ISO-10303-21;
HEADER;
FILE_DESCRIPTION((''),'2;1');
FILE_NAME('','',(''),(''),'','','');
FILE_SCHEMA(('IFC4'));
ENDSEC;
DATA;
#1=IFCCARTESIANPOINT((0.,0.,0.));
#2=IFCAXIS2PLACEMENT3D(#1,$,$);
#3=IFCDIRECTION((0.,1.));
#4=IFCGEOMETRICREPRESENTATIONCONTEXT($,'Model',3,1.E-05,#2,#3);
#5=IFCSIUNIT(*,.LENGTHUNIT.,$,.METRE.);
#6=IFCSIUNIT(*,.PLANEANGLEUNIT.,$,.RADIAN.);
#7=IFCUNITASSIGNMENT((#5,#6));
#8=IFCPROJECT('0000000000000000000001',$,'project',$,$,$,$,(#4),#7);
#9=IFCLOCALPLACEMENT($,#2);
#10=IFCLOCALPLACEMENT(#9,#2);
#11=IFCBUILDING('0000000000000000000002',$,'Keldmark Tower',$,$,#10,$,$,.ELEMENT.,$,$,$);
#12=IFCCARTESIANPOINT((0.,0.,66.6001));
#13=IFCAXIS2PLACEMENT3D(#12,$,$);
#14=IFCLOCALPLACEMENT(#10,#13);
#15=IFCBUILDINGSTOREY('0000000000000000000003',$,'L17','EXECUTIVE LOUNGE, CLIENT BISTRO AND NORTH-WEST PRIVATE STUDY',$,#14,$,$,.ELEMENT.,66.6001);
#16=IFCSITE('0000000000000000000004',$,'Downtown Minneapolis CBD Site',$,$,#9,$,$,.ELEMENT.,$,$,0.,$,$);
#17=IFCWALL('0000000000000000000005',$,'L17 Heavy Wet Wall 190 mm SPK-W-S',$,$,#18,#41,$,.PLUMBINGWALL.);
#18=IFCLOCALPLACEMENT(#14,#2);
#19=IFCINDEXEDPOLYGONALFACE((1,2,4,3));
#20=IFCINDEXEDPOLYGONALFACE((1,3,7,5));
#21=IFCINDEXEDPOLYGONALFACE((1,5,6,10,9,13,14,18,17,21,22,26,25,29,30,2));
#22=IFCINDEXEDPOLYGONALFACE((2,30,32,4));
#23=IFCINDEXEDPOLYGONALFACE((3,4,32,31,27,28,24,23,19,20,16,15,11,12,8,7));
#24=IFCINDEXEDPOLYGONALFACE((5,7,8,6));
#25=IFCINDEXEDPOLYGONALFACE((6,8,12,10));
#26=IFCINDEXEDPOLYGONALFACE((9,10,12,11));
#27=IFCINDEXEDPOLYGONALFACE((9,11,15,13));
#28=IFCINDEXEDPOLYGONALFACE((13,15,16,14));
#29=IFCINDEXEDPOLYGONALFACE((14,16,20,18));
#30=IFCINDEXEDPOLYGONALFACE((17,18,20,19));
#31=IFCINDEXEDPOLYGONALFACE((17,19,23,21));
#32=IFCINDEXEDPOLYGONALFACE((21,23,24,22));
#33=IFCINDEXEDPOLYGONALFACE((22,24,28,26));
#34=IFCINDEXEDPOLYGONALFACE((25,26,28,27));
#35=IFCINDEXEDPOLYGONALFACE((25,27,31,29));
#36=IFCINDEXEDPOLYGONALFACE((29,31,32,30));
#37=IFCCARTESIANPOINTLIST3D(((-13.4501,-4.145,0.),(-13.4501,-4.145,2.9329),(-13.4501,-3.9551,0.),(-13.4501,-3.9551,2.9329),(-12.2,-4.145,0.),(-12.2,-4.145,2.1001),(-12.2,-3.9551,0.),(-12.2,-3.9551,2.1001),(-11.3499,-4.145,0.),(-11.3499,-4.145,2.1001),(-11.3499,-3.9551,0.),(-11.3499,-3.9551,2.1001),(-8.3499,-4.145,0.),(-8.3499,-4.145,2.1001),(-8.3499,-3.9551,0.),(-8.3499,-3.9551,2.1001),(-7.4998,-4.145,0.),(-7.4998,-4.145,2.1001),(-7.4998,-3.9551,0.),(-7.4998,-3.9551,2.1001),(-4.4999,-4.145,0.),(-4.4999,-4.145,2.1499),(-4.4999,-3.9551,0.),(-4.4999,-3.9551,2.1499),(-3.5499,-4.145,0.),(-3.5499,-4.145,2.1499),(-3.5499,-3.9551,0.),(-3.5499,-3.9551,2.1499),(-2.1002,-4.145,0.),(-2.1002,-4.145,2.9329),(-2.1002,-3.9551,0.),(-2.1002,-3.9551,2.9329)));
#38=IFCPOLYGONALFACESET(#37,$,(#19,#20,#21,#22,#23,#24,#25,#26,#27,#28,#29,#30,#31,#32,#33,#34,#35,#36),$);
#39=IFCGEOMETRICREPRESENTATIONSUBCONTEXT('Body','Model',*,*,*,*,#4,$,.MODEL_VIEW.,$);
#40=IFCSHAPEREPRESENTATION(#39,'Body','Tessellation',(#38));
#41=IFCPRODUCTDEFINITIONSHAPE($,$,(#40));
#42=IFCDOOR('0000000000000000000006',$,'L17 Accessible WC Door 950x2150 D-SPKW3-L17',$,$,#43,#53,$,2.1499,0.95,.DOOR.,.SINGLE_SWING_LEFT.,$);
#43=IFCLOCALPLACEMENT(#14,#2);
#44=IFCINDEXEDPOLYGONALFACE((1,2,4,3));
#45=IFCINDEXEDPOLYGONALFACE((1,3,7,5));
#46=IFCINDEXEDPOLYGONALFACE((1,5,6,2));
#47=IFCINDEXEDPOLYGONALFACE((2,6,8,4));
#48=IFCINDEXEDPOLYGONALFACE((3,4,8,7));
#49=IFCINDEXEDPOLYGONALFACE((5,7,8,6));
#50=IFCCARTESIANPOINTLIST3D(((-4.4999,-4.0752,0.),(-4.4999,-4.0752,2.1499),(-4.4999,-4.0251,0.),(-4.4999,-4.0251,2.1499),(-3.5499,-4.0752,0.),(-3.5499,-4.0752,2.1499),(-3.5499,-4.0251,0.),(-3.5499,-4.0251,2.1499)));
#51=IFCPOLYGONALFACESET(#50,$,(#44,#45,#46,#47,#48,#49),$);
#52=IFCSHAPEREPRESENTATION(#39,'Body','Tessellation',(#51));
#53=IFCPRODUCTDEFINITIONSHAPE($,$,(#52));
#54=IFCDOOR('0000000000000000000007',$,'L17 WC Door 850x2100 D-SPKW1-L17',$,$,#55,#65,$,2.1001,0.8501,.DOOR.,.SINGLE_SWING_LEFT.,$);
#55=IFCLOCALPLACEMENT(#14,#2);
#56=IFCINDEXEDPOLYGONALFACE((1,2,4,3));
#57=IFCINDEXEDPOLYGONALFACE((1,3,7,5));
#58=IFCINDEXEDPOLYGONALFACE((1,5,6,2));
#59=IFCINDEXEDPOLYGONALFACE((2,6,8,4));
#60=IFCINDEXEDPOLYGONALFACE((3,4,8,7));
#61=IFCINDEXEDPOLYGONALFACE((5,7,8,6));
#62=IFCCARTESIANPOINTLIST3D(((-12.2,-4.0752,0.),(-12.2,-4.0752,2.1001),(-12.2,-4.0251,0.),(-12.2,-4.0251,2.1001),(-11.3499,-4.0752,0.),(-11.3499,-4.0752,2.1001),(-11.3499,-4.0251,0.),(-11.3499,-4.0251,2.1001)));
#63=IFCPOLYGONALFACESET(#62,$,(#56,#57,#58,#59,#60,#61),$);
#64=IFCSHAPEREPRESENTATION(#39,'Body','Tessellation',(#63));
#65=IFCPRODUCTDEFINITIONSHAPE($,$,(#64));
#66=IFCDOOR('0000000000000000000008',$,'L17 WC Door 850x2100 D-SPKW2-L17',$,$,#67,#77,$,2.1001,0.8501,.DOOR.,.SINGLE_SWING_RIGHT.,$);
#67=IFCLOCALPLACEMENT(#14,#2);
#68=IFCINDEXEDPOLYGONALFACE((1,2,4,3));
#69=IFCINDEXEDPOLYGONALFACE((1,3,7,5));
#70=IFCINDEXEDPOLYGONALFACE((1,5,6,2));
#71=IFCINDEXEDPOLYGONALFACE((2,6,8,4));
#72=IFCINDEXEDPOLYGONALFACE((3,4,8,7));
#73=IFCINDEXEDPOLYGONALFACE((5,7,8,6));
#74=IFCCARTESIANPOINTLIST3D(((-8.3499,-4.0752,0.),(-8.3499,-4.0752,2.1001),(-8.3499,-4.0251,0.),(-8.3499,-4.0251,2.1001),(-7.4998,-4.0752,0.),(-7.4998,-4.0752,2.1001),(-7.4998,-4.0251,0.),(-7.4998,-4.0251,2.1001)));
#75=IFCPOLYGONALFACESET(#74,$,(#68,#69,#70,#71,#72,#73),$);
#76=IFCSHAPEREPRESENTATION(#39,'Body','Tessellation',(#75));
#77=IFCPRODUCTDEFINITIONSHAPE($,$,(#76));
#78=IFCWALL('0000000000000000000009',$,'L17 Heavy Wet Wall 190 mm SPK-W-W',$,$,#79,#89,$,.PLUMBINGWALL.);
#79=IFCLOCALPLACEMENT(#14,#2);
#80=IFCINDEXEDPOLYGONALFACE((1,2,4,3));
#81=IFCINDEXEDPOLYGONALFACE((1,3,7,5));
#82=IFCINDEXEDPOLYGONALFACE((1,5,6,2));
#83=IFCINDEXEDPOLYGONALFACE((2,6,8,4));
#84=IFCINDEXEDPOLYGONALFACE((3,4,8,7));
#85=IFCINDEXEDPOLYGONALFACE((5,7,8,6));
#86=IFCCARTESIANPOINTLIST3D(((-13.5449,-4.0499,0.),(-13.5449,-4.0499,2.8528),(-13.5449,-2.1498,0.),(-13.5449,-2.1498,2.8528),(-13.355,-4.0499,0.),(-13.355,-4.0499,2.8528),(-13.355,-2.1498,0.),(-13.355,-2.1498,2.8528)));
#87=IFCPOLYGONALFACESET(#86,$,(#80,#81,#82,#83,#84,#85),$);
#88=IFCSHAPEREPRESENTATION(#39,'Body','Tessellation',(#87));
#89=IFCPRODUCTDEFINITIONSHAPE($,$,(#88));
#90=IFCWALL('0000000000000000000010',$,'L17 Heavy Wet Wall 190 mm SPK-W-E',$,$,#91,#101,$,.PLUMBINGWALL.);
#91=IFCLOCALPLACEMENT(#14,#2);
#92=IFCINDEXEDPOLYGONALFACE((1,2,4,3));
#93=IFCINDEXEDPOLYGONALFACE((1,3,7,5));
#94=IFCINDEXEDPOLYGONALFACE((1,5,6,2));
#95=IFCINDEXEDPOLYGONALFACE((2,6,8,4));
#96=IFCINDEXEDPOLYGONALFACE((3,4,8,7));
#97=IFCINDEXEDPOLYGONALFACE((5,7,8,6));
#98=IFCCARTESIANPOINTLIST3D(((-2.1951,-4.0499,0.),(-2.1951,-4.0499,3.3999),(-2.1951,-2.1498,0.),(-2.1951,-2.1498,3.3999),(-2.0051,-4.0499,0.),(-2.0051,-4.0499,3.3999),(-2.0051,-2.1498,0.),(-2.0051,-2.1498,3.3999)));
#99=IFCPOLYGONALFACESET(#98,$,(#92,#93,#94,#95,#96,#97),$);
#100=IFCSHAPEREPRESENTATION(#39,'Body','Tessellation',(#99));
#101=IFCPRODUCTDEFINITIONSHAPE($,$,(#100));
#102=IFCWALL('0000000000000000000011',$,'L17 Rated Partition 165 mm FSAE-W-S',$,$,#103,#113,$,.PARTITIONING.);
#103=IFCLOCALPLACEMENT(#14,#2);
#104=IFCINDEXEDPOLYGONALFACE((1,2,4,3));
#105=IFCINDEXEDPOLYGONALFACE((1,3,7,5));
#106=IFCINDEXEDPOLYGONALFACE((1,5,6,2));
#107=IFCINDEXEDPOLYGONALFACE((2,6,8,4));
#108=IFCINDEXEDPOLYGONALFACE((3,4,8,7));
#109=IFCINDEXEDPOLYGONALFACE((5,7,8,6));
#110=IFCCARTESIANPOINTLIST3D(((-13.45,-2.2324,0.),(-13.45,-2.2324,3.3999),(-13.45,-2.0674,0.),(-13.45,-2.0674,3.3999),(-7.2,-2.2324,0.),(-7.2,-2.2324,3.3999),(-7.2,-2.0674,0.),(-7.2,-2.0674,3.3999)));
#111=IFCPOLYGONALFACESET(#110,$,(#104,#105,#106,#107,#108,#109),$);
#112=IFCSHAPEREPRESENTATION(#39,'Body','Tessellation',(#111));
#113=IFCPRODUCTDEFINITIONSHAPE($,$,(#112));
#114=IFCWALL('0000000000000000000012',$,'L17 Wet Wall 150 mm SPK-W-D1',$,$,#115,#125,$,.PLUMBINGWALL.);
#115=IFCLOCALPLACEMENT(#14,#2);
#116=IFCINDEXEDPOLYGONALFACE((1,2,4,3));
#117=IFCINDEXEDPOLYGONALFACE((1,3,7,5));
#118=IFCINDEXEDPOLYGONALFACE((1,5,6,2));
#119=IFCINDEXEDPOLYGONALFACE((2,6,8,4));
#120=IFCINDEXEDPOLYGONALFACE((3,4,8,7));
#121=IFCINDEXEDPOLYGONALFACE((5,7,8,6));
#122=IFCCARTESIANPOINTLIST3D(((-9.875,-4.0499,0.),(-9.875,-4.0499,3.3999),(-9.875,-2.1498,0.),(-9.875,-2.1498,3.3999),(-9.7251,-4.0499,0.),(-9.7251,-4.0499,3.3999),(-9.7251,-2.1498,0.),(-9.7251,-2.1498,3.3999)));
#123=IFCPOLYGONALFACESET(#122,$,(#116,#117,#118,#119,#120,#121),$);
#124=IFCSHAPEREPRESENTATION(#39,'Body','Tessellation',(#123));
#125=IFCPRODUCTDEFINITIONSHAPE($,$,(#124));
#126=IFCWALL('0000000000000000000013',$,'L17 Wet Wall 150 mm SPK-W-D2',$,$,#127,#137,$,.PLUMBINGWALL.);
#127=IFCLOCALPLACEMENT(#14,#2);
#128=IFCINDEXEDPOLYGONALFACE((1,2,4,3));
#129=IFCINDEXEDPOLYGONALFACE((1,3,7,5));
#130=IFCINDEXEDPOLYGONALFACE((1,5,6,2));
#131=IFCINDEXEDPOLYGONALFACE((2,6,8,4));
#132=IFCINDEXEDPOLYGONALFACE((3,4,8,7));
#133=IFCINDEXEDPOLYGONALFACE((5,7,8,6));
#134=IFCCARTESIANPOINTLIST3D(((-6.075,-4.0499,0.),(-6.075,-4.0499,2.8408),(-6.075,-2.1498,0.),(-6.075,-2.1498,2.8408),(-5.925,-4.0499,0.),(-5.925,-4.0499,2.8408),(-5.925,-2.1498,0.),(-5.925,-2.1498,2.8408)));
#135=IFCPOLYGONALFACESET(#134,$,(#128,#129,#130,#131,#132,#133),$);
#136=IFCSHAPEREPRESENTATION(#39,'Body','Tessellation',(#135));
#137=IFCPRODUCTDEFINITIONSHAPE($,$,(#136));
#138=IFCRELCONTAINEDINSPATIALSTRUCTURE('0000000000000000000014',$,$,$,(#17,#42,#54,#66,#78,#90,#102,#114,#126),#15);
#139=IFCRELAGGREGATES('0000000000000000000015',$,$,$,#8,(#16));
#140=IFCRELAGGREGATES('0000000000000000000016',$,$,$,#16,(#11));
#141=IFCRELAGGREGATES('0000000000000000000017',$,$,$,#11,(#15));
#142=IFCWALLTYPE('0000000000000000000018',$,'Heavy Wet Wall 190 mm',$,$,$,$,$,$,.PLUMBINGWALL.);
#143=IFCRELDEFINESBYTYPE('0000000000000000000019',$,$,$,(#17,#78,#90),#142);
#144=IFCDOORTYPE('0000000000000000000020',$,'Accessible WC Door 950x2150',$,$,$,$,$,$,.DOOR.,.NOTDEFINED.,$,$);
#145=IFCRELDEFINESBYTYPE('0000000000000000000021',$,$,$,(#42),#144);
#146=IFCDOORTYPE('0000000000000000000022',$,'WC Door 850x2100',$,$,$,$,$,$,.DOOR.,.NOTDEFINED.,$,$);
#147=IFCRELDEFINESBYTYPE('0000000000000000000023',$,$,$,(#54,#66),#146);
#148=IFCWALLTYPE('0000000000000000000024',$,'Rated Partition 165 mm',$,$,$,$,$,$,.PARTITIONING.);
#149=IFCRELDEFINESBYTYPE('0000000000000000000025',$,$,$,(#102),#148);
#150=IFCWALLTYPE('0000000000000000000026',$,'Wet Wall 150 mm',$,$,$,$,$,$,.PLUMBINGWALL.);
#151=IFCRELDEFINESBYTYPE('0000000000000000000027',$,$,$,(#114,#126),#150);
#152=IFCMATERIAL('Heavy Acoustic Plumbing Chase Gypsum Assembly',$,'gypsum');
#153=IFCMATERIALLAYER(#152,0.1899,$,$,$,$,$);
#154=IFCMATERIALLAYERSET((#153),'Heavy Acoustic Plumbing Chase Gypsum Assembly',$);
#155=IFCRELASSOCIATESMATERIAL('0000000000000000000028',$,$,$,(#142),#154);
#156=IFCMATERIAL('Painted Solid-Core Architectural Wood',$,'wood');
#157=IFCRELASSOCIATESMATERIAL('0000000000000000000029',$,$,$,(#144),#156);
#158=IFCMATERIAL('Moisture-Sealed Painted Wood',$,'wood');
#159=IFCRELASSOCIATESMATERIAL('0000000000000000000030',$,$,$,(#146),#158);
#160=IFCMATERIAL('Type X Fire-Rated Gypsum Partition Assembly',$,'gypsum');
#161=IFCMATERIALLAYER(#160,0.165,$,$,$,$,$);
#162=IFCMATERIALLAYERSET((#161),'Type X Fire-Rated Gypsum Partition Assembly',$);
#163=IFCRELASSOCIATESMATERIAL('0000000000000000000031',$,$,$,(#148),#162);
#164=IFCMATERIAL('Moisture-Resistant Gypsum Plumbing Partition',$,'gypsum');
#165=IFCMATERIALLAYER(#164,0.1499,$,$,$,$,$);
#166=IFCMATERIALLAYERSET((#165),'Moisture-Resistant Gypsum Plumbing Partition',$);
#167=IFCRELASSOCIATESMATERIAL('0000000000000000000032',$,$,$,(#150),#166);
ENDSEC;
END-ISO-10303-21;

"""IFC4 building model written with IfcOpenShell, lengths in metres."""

from ifc_helpers import new_model, si_unit, direction, frame, frame_2d, origin, place, context, subcontext, project, spatial, rectangle, extrude, material, layer, layer_set, type_object, element, fill, save


model = new_model("IFC4")

# Units and contexts
model_context = context("Model", 3, precision=1e-05, world=origin(), true_north=direction((0.0, 1.0)))
body_context = subcontext(model_context, "Body", "Model", "MODEL_VIEW")
ifc_project = project(units=[si_unit("LENGTHUNIT", "METRE"), si_unit("PLANEANGLEUNIT", "RADIAN")], contexts=[model_context])

# Site, building, storey
site_placement = place(None, origin())
site = spatial("IfcSite", under=ifc_project, at=site_placement, Name="Downtown Minneapolis CBD Site", CompositionType="ELEMENT", RefElevation=0.0)
building_placement = place(site_placement, origin())
building = spatial("IfcBuilding", under=site, at=building_placement, Name="Keldmark Tower", CompositionType="ELEMENT")
storey_placement = place(building_placement, frame((0.0, 0.0, 66.6001)))
storey = spatial("IfcBuildingStorey", under=building, at=storey_placement, Name="L17", Description="EXECUTIVE LOUNGE, CLIENT BISTRO AND NORTH-WEST PRIVATE STUDY", CompositionType="ELEMENT", Elevation=66.6001)

# Wall, openings, doors
ifc_material_1 = material(Name="Heavy Acoustic Plumbing Chase Gypsum Assembly", Category="gypsum")
ifc_layer_1 = layer(ifc_material_1, 0.1899)
ifc_layer_set_1 = layer_set([ifc_layer_1], Name="Heavy Acoustic Plumbing Chase Gypsum Assembly")
wall_type_1 = type_object("IfcWallType", Name="Heavy Wet Wall 190 mm", PredefinedType="PLUMBINGWALL", material=ifc_layer_set_1)
wall_1_placement = place(storey_placement, frame((-13.45, -4.05, 0.0), z_axis=(0.0, 0.0, 1.0), x_axis=(1.0, 0.0, 0.0)))
wall_1 = element("IfcWall", 1, at=wall_1_placement, inside=storey, type_object=wall_type_1, Name="L17 Heavy Wet Wall 190 mm SPK-W-S", PredefinedType="PLUMBINGWALL", context=body_context, shape_type="SweptSolid", body=[
    extrude(rectangle(XDim=11.3499, YDim=0.1899, at=frame_2d((5.6748, 0.0))), origin(), (0.0, 0.0, 1.0), 2.9329),
])
opening_1_placement = place(wall_1_placement, frame((1.25, 0.0, 0.0)))
opening_1 = element("IfcOpeningElement", 2, at=opening_1_placement, cuts=wall_1, PredefinedType="OPENING", context=body_context, shape_type="SweptSolid", body=[
    extrude(rectangle(XDim=0.8501, YDim=2.1001, at=frame_2d((0.425, 1.05))), frame((0.0, 0.105, 0.0), z_axis=(0.0, -1.0, 0.0), x_axis=(1.0, 0.0, 0.0)), (0.0, 0.0, 1.0), 0.21),
])
opening_2_placement = place(wall_1_placement, frame((5.1001, 0.0, 0.0)))
opening_2 = element("IfcOpeningElement", 3, at=opening_2_placement, cuts=wall_1, PredefinedType="OPENING", context=body_context, shape_type="SweptSolid", body=[
    extrude(rectangle(XDim=0.8501, YDim=2.1001, at=frame_2d((0.425, 1.05))), frame((0.0, 0.105, 0.0), z_axis=(0.0, -1.0, 0.0), x_axis=(1.0, 0.0, 0.0)), (0.0, 0.0, 1.0), 0.21),
])
opening_3_placement = place(wall_1_placement, frame((8.95, 0.0, 0.0)))
opening_3 = element("IfcOpeningElement", 4, at=opening_3_placement, cuts=wall_1, PredefinedType="OPENING", context=body_context, shape_type="SweptSolid", body=[
    extrude(rectangle(XDim=0.95, YDim=2.1499, at=frame_2d((0.4751, 1.075))), frame((0.0, 0.105, 0.0), z_axis=(0.0, -1.0, 0.0), x_axis=(1.0, 0.0, 0.0)), (0.0, 0.0, 1.0), 0.21),
])
ifc_material_2 = material(Name="Painted Solid-Core Architectural Wood", Category="wood")
door_type_1 = type_object("IfcDoorType", Name="Accessible WC Door 950x2150", OperationType="NOTDEFINED", PredefinedType="DOOR", material=ifc_material_2)
door_1_placement = place(opening_3_placement, origin())
door_1 = element("IfcDoor", 5, at=door_1_placement, inside=storey, type_object=door_type_1, Name="L17 Accessible WC Door 950x2150 D-SPKW3-L17", OperationType="SINGLE_SWING_LEFT", OverallHeight=2.1499, OverallWidth=0.95, PredefinedType="DOOR", context=body_context, shape_type="SweptSolid", body=[
    extrude(rectangle(XDim=0.95, YDim=2.1499, at=frame_2d((0.4751, 1.075))), frame((0.0, 0.0249, 0.0), z_axis=(0.0, -1.0, 0.0), x_axis=(1.0, 0.0, 0.0)), (0.0, 0.0, 1.0), 0.05),
])
fill(opening_3, door_1)
ifc_material_3 = material(Name="Moisture-Sealed Painted Wood", Category="wood")
door_type_2 = type_object("IfcDoorType", Name="WC Door 850x2100", OperationType="NOTDEFINED", PredefinedType="DOOR", material=ifc_material_3)
door_2_placement = place(opening_1_placement, origin())
door_2 = element("IfcDoor", 6, at=door_2_placement, inside=storey, type_object=door_type_2, Name="L17 WC Door 850x2100 D-SPKW1-L17", OperationType="SINGLE_SWING_LEFT", OverallHeight=2.1001, OverallWidth=0.8501, PredefinedType="DOOR", context=body_context, shape_type="SweptSolid", body=[
    extrude(rectangle(XDim=0.8501, YDim=2.1001, at=frame_2d((0.425, 1.05))), frame((0.0, 0.0249, 0.0), z_axis=(0.0, -1.0, 0.0), x_axis=(1.0, 0.0, 0.0)), (0.0, 0.0, 1.0), 0.05),
])
fill(opening_1, door_2)
door_3_placement = place(opening_2_placement, origin())
door_3 = element("IfcDoor", 7, at=door_3_placement, inside=storey, type_object=door_type_2, Name="L17 WC Door 850x2100 D-SPKW2-L17", OperationType="SINGLE_SWING_RIGHT", OverallHeight=2.1001, OverallWidth=0.8501, PredefinedType="DOOR", context=body_context, shape_type="SweptSolid", body=[
    extrude(rectangle(XDim=0.8501, YDim=2.1001, at=frame_2d((0.425, 1.05))), frame((0.0, 0.0249, 0.0), z_axis=(0.0, -1.0, 0.0), x_axis=(1.0, 0.0, 0.0)), (0.0, 0.0, 1.0), 0.05),
])
fill(opening_2, door_3)

# Walls
wall_2_placement = place(storey_placement, frame((-13.45, -4.05, 0.0), z_axis=(0.0, 0.0, 1.0), x_axis=(0.0, 1.0, 0.0)))
element("IfcWall", 8, at=wall_2_placement, inside=storey, type_object=wall_type_1, Name="L17 Heavy Wet Wall 190 mm SPK-W-W", PredefinedType="PLUMBINGWALL", context=body_context, shape_type="SweptSolid", body=[
    extrude(rectangle(XDim=1.9001, YDim=0.1899, at=frame_2d((0.9502, 0.0))), origin(), (0.0, 0.0, 1.0), 2.8528),
])
wall_3_placement = place(storey_placement, frame((-2.1001, -4.05, 0.0), z_axis=(0.0, 0.0, 1.0), x_axis=(0.0, 1.0, 0.0)))
element("IfcWall", 9, at=wall_3_placement, inside=storey, type_object=wall_type_1, Name="L17 Heavy Wet Wall 190 mm SPK-W-E", PredefinedType="PLUMBINGWALL", context=body_context, shape_type="SweptSolid", body=[
    extrude(rectangle(XDim=1.9001, YDim=0.1899, at=frame_2d((0.9502, 0.0))), origin(), (0.0, 0.0, 1.0), 3.3999),
])
ifc_material_4 = material(Name="Type X Fire-Rated Gypsum Partition Assembly", Category="gypsum")
ifc_layer_2 = layer(ifc_material_4, 0.165)
ifc_layer_set_2 = layer_set([ifc_layer_2], Name="Type X Fire-Rated Gypsum Partition Assembly")
wall_type_2 = type_object("IfcWallType", Name="Rated Partition 165 mm", PredefinedType="PARTITIONING", material=ifc_layer_set_2)
wall_4_placement = place(storey_placement, frame((-13.45, -2.1499, 0.0), z_axis=(0.0, 0.0, 1.0), x_axis=(1.0, 0.0, 0.0)))
element("IfcWall", 10, at=wall_4_placement, inside=storey, type_object=wall_type_2, Name="L17 Rated Partition 165 mm FSAE-W-S", PredefinedType="PARTITIONING", context=body_context, shape_type="SweptSolid", body=[
    extrude(rectangle(XDim=6.25, YDim=0.165, at=frame_2d((3.125, 0.0))), origin(), (0.0, 0.0, 1.0), 3.3999),
])

# Walls
ifc_material_5 = material(Name="Moisture-Resistant Gypsum Plumbing Partition", Category="gypsum")
ifc_layer_3 = layer(ifc_material_5, 0.1499)
ifc_layer_set_3 = layer_set([ifc_layer_3], Name="Moisture-Resistant Gypsum Plumbing Partition")
wall_type_3 = type_object("IfcWallType", Name="Wet Wall 150 mm", PredefinedType="PLUMBINGWALL", material=ifc_layer_set_3)
wall_5_placement = place(storey_placement, frame((-9.8, -4.05, 0.0), z_axis=(0.0, 0.0, 1.0), x_axis=(0.0, 1.0, 0.0)))
element("IfcWall", 11, at=wall_5_placement, inside=storey, type_object=wall_type_3, Name="L17 Wet Wall 150 mm SPK-W-D1", PredefinedType="PLUMBINGWALL", context=body_context, shape_type="SweptSolid", body=[
    extrude(rectangle(XDim=1.9001, YDim=0.1499, at=frame_2d((0.9502, 0.0))), origin(), (0.0, 0.0, 1.0), 3.3999),
])
wall_6_placement = place(storey_placement, frame((-6.0, -4.05, 0.0), z_axis=(0.0, 0.0, 1.0), x_axis=(0.0, 1.0, 0.0)))
element("IfcWall", 12, at=wall_6_placement, inside=storey, type_object=wall_type_3, Name="L17 Wet Wall 150 mm SPK-W-D2", PredefinedType="PLUMBINGWALL", context=body_context, shape_type="SweptSolid", body=[
    extrude(rectangle(XDim=1.9001, YDim=0.1499, at=frame_2d((0.9502, 0.0))), origin(), (0.0, 0.0, 1.0), 2.8408),
])

save(model, "model.ifc")
